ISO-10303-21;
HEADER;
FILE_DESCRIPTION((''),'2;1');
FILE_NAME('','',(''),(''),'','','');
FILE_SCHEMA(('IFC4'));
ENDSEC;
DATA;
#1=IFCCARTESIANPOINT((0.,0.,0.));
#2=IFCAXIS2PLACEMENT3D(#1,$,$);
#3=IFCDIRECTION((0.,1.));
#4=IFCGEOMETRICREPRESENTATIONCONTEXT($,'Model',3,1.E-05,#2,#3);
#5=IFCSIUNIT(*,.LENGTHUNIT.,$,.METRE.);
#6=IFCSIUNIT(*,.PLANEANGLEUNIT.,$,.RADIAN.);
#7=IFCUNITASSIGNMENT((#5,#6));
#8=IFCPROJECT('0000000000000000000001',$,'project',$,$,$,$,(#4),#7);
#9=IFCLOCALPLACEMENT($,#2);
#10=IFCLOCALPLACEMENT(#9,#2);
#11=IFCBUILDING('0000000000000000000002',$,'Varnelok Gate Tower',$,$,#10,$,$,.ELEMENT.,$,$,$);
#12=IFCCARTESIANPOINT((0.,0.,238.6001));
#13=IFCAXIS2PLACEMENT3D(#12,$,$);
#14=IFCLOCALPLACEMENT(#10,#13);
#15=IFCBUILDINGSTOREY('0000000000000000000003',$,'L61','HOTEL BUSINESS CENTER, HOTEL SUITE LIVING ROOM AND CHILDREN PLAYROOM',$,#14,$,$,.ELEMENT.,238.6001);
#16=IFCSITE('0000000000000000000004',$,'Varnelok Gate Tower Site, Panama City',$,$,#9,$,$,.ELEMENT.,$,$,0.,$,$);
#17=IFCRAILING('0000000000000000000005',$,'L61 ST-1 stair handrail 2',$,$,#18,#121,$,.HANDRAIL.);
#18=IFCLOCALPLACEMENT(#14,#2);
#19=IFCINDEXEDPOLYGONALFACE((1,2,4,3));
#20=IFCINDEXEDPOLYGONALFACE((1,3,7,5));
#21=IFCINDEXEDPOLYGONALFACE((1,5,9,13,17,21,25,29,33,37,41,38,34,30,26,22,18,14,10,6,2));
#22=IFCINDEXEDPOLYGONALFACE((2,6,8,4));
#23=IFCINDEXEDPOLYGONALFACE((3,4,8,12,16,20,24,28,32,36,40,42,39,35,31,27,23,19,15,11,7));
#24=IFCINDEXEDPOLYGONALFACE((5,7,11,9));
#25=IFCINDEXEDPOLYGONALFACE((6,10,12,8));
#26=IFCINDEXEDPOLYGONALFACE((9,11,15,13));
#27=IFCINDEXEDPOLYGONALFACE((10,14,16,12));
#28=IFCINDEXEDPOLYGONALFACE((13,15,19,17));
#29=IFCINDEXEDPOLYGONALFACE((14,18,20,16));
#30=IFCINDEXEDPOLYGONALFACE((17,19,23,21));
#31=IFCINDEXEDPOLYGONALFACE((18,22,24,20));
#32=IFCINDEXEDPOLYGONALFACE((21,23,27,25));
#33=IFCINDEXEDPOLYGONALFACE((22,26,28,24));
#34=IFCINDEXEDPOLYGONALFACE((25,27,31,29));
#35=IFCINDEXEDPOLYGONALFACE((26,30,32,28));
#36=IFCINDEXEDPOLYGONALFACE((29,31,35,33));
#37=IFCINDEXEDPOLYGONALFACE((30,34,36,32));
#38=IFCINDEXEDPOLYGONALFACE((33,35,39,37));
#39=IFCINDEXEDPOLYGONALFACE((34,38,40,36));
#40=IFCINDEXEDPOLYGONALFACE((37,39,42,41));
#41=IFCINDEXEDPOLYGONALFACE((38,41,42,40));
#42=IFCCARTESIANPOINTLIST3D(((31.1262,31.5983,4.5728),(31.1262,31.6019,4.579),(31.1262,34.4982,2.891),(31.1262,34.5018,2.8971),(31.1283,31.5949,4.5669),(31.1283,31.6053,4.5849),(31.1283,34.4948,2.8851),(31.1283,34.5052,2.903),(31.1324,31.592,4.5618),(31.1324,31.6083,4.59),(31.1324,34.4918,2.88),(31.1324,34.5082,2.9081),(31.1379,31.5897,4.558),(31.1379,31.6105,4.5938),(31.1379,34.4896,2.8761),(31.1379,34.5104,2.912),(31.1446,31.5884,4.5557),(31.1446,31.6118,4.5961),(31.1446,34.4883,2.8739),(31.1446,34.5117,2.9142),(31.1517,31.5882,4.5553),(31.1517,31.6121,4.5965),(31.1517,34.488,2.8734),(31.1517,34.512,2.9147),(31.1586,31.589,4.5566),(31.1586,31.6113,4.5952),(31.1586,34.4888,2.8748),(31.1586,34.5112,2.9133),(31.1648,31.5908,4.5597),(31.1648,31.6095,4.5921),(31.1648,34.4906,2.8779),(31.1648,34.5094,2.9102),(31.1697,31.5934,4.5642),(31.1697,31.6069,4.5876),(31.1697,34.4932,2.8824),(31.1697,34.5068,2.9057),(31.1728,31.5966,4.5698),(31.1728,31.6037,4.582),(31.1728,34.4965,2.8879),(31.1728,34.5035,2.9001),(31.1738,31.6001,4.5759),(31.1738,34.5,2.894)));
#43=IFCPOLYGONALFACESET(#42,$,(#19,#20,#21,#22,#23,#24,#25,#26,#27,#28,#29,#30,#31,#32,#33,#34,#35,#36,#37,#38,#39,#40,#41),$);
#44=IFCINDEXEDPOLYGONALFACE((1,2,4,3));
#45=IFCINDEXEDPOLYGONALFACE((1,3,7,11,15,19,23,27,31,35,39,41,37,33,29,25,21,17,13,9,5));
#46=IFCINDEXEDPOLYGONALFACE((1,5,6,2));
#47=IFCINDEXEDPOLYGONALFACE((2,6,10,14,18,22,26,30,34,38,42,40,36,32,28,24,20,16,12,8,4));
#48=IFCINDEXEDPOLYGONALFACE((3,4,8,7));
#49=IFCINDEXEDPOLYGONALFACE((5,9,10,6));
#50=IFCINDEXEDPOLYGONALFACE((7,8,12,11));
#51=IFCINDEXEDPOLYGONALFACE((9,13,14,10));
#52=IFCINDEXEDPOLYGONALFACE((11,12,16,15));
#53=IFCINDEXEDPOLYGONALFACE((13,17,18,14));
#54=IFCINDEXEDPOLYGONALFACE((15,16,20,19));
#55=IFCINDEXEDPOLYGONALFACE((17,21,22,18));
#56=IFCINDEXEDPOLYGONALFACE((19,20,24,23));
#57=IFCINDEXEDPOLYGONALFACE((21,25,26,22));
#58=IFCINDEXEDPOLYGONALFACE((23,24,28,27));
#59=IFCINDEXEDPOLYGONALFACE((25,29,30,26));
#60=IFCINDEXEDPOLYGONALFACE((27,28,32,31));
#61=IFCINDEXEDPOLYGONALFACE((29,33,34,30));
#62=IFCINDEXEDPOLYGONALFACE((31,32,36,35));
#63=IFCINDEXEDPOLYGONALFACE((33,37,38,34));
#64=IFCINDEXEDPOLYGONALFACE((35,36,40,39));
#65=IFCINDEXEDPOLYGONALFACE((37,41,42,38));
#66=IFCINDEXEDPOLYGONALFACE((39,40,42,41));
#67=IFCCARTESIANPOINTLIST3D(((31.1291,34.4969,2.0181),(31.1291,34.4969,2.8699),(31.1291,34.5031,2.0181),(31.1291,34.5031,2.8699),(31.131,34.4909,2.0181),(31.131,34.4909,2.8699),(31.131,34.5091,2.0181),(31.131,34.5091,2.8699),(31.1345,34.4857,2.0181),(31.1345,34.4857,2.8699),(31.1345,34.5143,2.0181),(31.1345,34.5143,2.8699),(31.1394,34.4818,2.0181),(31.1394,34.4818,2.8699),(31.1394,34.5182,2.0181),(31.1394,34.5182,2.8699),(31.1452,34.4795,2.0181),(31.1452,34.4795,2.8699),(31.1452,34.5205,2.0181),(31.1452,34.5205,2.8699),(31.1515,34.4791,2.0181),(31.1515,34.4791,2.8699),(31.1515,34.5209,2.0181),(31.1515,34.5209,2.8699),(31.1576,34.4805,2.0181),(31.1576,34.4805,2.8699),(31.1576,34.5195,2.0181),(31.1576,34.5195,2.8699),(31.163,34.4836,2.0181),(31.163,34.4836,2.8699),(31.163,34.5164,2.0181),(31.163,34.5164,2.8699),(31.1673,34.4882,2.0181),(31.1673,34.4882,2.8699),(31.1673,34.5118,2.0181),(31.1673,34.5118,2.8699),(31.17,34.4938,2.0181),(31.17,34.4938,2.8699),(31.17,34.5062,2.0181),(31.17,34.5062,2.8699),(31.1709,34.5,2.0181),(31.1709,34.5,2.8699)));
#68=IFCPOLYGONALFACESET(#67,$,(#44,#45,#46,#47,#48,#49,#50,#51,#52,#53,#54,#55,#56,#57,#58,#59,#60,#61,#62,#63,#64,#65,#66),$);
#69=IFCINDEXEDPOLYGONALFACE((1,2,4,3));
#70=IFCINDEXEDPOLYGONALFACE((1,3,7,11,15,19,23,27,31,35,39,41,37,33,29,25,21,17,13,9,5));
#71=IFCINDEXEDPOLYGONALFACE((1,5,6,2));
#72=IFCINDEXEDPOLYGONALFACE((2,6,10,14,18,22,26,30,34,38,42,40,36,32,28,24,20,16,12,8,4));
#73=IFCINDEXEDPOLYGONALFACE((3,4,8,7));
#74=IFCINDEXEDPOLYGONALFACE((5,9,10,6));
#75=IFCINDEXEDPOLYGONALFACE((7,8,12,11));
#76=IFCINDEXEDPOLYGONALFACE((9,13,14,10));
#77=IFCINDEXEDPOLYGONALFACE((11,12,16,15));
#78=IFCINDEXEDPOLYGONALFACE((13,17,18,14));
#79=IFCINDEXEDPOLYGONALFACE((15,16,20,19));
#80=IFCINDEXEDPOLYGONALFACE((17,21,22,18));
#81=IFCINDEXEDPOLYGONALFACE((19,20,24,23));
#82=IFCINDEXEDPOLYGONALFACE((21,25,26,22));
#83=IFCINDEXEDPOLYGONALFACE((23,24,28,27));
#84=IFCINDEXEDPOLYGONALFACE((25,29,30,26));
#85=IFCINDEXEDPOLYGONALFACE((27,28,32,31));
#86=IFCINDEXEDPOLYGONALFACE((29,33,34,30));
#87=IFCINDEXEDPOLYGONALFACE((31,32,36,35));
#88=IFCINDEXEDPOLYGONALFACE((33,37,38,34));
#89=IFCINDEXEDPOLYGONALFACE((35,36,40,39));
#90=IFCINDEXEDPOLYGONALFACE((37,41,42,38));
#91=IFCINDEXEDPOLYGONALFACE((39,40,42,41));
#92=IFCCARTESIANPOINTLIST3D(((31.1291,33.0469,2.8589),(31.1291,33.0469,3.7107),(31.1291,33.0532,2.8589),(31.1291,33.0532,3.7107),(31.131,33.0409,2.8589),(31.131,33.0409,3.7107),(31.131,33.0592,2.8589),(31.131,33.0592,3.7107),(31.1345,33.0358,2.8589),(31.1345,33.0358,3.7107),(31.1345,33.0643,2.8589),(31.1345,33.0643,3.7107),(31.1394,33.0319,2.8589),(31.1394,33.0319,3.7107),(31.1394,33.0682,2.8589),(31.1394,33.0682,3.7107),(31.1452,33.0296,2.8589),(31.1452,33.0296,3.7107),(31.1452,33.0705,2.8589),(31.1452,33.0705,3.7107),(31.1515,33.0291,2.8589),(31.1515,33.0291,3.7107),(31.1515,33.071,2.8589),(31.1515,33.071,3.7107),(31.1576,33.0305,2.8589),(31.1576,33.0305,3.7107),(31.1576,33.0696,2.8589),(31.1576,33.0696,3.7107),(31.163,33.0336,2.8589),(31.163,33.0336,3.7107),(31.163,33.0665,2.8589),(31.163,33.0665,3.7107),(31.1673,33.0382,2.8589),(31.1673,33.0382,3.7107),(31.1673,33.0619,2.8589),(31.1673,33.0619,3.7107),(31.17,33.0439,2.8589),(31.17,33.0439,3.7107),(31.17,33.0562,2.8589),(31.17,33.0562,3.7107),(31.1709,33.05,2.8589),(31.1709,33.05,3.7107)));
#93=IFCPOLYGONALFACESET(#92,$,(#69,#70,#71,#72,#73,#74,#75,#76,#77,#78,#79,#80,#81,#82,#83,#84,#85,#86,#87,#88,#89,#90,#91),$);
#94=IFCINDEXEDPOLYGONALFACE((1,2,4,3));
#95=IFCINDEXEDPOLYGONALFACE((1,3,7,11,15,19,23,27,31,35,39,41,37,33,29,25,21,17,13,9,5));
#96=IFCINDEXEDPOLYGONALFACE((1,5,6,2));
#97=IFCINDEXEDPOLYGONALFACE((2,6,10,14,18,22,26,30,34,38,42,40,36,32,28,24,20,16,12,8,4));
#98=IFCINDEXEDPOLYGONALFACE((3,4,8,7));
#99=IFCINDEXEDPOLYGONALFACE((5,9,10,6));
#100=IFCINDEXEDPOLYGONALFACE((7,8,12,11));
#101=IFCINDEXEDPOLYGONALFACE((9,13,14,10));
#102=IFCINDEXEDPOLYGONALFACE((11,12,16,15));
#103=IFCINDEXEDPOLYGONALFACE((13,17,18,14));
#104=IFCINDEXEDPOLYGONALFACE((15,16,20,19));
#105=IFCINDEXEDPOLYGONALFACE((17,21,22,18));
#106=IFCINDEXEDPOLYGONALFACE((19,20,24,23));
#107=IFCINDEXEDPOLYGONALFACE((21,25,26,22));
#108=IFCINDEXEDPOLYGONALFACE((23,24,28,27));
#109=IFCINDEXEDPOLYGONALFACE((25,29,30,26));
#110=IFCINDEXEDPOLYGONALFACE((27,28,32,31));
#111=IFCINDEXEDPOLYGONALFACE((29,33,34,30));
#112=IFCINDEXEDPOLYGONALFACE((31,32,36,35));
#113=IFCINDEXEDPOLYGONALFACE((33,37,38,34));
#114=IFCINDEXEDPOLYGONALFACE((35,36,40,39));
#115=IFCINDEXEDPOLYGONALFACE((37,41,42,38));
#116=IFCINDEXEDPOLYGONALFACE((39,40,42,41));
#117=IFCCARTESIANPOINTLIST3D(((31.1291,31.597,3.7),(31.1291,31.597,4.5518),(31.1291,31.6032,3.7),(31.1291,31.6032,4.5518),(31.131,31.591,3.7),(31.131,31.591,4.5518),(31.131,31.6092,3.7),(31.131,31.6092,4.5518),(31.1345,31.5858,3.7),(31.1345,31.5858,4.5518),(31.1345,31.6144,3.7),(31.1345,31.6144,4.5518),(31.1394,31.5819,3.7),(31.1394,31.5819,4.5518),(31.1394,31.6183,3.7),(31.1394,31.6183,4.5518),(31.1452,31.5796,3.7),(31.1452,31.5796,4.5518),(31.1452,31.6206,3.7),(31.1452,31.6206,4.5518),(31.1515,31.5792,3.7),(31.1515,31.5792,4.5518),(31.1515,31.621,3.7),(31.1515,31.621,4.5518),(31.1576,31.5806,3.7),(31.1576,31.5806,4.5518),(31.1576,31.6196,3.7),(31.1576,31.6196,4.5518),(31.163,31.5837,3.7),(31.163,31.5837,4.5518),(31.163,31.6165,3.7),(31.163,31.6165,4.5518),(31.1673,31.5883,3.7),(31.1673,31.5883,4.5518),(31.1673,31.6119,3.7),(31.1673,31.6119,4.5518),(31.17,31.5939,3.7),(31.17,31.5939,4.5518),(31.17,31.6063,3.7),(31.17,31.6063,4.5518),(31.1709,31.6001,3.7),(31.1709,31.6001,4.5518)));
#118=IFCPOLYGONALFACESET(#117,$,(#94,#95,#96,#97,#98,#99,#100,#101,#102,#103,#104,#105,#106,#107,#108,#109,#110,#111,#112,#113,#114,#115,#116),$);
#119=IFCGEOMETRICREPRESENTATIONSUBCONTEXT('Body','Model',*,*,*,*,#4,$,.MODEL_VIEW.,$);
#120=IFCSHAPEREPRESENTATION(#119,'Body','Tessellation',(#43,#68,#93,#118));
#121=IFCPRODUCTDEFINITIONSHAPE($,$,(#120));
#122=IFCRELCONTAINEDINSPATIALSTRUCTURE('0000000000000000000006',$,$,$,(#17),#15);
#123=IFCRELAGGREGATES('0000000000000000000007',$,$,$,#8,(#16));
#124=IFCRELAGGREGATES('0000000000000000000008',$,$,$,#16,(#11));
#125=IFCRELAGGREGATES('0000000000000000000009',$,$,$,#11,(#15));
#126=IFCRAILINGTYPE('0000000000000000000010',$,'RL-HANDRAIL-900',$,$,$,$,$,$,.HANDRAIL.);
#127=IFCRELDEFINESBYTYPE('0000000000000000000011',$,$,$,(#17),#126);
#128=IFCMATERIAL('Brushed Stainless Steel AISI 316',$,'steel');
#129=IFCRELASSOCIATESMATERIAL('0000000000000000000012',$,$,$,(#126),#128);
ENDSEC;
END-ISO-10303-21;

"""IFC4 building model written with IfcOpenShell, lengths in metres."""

from ifc_helpers import new_model, si_unit, direction, frame, origin, origin_2d, place, context, subcontext, project, spatial, circle, extrude, material, type_object, element, save


model = new_model("IFC4")

# Units and contexts
model_context = context("Model", 3, precision=1e-05, world=origin(), true_north=direction((0.0, 1.0)))
body_context = subcontext(model_context, "Body", "Model", "MODEL_VIEW")
ifc_project = project(units=[si_unit("LENGTHUNIT", "METRE"), si_unit("PLANEANGLEUNIT", "RADIAN")], contexts=[model_context])

# Site, building, storey
site_placement = place(None, origin())
site = spatial("IfcSite", under=ifc_project, at=site_placement, Name="Varnelok Gate Tower Site, Panama City", CompositionType="ELEMENT", RefElevation=0.0)
building_placement = place(site_placement, origin())
building = spatial("IfcBuilding", under=site, at=building_placement, Name="Varnelok Gate Tower", CompositionType="ELEMENT")
storey_placement = place(building_placement, frame((0.0, 0.0, 238.6001)))
storey = spatial("IfcBuildingStorey", under=building, at=storey_placement, Name="L61", Description="HOTEL BUSINESS CENTER, HOTEL SUITE LIVING ROOM AND CHILDREN PLAYROOM", CompositionType="ELEMENT", Elevation=238.6001)

# Railing
ifc_material_1 = material(Name="Brushed Stainless Steel AISI 316", Category="steel")
railing_type_1 = type_object("IfcRailingType", Name="RL-HANDRAIL-900", PredefinedType="HANDRAIL", material=ifc_material_1)
railing_1_placement = place(storey_placement, frame((31.1499, 34.5, 2.0181)))
element("IfcRailing", 1, at=railing_1_placement, inside=storey, type_object=railing_type_1, Name="L61 ST-1 stair handrail 2", PredefinedType="HANDRAIL", context=body_context, shape_type="SweptSolid", body=[
    extrude(circle(Radius=0.0239, at=origin_2d()), frame((0.0, 0.0, 0.876), z_axis=(0.0, -0.865039, 0.501705), x_axis=(1.0, 0.0, 0.0)), (0.0, 0.0, 1.0), 3.3523),
    extrude(circle(Radius=0.021, at=origin_2d()), origin(), (0.0, 0.0, 1.0), 0.8518),
    extrude(circle(Radius=0.021, at=origin_2d()), frame((0.0, -1.45, 0.8408)), (0.0, 0.0, 1.0), 0.8518),
    extrude(circle(Radius=0.021, at=origin_2d()), frame((0.0, -2.8999, 1.6819)), (0.0, 0.0, 1.0), 0.8518),
])

save(model, "model.ifc")
